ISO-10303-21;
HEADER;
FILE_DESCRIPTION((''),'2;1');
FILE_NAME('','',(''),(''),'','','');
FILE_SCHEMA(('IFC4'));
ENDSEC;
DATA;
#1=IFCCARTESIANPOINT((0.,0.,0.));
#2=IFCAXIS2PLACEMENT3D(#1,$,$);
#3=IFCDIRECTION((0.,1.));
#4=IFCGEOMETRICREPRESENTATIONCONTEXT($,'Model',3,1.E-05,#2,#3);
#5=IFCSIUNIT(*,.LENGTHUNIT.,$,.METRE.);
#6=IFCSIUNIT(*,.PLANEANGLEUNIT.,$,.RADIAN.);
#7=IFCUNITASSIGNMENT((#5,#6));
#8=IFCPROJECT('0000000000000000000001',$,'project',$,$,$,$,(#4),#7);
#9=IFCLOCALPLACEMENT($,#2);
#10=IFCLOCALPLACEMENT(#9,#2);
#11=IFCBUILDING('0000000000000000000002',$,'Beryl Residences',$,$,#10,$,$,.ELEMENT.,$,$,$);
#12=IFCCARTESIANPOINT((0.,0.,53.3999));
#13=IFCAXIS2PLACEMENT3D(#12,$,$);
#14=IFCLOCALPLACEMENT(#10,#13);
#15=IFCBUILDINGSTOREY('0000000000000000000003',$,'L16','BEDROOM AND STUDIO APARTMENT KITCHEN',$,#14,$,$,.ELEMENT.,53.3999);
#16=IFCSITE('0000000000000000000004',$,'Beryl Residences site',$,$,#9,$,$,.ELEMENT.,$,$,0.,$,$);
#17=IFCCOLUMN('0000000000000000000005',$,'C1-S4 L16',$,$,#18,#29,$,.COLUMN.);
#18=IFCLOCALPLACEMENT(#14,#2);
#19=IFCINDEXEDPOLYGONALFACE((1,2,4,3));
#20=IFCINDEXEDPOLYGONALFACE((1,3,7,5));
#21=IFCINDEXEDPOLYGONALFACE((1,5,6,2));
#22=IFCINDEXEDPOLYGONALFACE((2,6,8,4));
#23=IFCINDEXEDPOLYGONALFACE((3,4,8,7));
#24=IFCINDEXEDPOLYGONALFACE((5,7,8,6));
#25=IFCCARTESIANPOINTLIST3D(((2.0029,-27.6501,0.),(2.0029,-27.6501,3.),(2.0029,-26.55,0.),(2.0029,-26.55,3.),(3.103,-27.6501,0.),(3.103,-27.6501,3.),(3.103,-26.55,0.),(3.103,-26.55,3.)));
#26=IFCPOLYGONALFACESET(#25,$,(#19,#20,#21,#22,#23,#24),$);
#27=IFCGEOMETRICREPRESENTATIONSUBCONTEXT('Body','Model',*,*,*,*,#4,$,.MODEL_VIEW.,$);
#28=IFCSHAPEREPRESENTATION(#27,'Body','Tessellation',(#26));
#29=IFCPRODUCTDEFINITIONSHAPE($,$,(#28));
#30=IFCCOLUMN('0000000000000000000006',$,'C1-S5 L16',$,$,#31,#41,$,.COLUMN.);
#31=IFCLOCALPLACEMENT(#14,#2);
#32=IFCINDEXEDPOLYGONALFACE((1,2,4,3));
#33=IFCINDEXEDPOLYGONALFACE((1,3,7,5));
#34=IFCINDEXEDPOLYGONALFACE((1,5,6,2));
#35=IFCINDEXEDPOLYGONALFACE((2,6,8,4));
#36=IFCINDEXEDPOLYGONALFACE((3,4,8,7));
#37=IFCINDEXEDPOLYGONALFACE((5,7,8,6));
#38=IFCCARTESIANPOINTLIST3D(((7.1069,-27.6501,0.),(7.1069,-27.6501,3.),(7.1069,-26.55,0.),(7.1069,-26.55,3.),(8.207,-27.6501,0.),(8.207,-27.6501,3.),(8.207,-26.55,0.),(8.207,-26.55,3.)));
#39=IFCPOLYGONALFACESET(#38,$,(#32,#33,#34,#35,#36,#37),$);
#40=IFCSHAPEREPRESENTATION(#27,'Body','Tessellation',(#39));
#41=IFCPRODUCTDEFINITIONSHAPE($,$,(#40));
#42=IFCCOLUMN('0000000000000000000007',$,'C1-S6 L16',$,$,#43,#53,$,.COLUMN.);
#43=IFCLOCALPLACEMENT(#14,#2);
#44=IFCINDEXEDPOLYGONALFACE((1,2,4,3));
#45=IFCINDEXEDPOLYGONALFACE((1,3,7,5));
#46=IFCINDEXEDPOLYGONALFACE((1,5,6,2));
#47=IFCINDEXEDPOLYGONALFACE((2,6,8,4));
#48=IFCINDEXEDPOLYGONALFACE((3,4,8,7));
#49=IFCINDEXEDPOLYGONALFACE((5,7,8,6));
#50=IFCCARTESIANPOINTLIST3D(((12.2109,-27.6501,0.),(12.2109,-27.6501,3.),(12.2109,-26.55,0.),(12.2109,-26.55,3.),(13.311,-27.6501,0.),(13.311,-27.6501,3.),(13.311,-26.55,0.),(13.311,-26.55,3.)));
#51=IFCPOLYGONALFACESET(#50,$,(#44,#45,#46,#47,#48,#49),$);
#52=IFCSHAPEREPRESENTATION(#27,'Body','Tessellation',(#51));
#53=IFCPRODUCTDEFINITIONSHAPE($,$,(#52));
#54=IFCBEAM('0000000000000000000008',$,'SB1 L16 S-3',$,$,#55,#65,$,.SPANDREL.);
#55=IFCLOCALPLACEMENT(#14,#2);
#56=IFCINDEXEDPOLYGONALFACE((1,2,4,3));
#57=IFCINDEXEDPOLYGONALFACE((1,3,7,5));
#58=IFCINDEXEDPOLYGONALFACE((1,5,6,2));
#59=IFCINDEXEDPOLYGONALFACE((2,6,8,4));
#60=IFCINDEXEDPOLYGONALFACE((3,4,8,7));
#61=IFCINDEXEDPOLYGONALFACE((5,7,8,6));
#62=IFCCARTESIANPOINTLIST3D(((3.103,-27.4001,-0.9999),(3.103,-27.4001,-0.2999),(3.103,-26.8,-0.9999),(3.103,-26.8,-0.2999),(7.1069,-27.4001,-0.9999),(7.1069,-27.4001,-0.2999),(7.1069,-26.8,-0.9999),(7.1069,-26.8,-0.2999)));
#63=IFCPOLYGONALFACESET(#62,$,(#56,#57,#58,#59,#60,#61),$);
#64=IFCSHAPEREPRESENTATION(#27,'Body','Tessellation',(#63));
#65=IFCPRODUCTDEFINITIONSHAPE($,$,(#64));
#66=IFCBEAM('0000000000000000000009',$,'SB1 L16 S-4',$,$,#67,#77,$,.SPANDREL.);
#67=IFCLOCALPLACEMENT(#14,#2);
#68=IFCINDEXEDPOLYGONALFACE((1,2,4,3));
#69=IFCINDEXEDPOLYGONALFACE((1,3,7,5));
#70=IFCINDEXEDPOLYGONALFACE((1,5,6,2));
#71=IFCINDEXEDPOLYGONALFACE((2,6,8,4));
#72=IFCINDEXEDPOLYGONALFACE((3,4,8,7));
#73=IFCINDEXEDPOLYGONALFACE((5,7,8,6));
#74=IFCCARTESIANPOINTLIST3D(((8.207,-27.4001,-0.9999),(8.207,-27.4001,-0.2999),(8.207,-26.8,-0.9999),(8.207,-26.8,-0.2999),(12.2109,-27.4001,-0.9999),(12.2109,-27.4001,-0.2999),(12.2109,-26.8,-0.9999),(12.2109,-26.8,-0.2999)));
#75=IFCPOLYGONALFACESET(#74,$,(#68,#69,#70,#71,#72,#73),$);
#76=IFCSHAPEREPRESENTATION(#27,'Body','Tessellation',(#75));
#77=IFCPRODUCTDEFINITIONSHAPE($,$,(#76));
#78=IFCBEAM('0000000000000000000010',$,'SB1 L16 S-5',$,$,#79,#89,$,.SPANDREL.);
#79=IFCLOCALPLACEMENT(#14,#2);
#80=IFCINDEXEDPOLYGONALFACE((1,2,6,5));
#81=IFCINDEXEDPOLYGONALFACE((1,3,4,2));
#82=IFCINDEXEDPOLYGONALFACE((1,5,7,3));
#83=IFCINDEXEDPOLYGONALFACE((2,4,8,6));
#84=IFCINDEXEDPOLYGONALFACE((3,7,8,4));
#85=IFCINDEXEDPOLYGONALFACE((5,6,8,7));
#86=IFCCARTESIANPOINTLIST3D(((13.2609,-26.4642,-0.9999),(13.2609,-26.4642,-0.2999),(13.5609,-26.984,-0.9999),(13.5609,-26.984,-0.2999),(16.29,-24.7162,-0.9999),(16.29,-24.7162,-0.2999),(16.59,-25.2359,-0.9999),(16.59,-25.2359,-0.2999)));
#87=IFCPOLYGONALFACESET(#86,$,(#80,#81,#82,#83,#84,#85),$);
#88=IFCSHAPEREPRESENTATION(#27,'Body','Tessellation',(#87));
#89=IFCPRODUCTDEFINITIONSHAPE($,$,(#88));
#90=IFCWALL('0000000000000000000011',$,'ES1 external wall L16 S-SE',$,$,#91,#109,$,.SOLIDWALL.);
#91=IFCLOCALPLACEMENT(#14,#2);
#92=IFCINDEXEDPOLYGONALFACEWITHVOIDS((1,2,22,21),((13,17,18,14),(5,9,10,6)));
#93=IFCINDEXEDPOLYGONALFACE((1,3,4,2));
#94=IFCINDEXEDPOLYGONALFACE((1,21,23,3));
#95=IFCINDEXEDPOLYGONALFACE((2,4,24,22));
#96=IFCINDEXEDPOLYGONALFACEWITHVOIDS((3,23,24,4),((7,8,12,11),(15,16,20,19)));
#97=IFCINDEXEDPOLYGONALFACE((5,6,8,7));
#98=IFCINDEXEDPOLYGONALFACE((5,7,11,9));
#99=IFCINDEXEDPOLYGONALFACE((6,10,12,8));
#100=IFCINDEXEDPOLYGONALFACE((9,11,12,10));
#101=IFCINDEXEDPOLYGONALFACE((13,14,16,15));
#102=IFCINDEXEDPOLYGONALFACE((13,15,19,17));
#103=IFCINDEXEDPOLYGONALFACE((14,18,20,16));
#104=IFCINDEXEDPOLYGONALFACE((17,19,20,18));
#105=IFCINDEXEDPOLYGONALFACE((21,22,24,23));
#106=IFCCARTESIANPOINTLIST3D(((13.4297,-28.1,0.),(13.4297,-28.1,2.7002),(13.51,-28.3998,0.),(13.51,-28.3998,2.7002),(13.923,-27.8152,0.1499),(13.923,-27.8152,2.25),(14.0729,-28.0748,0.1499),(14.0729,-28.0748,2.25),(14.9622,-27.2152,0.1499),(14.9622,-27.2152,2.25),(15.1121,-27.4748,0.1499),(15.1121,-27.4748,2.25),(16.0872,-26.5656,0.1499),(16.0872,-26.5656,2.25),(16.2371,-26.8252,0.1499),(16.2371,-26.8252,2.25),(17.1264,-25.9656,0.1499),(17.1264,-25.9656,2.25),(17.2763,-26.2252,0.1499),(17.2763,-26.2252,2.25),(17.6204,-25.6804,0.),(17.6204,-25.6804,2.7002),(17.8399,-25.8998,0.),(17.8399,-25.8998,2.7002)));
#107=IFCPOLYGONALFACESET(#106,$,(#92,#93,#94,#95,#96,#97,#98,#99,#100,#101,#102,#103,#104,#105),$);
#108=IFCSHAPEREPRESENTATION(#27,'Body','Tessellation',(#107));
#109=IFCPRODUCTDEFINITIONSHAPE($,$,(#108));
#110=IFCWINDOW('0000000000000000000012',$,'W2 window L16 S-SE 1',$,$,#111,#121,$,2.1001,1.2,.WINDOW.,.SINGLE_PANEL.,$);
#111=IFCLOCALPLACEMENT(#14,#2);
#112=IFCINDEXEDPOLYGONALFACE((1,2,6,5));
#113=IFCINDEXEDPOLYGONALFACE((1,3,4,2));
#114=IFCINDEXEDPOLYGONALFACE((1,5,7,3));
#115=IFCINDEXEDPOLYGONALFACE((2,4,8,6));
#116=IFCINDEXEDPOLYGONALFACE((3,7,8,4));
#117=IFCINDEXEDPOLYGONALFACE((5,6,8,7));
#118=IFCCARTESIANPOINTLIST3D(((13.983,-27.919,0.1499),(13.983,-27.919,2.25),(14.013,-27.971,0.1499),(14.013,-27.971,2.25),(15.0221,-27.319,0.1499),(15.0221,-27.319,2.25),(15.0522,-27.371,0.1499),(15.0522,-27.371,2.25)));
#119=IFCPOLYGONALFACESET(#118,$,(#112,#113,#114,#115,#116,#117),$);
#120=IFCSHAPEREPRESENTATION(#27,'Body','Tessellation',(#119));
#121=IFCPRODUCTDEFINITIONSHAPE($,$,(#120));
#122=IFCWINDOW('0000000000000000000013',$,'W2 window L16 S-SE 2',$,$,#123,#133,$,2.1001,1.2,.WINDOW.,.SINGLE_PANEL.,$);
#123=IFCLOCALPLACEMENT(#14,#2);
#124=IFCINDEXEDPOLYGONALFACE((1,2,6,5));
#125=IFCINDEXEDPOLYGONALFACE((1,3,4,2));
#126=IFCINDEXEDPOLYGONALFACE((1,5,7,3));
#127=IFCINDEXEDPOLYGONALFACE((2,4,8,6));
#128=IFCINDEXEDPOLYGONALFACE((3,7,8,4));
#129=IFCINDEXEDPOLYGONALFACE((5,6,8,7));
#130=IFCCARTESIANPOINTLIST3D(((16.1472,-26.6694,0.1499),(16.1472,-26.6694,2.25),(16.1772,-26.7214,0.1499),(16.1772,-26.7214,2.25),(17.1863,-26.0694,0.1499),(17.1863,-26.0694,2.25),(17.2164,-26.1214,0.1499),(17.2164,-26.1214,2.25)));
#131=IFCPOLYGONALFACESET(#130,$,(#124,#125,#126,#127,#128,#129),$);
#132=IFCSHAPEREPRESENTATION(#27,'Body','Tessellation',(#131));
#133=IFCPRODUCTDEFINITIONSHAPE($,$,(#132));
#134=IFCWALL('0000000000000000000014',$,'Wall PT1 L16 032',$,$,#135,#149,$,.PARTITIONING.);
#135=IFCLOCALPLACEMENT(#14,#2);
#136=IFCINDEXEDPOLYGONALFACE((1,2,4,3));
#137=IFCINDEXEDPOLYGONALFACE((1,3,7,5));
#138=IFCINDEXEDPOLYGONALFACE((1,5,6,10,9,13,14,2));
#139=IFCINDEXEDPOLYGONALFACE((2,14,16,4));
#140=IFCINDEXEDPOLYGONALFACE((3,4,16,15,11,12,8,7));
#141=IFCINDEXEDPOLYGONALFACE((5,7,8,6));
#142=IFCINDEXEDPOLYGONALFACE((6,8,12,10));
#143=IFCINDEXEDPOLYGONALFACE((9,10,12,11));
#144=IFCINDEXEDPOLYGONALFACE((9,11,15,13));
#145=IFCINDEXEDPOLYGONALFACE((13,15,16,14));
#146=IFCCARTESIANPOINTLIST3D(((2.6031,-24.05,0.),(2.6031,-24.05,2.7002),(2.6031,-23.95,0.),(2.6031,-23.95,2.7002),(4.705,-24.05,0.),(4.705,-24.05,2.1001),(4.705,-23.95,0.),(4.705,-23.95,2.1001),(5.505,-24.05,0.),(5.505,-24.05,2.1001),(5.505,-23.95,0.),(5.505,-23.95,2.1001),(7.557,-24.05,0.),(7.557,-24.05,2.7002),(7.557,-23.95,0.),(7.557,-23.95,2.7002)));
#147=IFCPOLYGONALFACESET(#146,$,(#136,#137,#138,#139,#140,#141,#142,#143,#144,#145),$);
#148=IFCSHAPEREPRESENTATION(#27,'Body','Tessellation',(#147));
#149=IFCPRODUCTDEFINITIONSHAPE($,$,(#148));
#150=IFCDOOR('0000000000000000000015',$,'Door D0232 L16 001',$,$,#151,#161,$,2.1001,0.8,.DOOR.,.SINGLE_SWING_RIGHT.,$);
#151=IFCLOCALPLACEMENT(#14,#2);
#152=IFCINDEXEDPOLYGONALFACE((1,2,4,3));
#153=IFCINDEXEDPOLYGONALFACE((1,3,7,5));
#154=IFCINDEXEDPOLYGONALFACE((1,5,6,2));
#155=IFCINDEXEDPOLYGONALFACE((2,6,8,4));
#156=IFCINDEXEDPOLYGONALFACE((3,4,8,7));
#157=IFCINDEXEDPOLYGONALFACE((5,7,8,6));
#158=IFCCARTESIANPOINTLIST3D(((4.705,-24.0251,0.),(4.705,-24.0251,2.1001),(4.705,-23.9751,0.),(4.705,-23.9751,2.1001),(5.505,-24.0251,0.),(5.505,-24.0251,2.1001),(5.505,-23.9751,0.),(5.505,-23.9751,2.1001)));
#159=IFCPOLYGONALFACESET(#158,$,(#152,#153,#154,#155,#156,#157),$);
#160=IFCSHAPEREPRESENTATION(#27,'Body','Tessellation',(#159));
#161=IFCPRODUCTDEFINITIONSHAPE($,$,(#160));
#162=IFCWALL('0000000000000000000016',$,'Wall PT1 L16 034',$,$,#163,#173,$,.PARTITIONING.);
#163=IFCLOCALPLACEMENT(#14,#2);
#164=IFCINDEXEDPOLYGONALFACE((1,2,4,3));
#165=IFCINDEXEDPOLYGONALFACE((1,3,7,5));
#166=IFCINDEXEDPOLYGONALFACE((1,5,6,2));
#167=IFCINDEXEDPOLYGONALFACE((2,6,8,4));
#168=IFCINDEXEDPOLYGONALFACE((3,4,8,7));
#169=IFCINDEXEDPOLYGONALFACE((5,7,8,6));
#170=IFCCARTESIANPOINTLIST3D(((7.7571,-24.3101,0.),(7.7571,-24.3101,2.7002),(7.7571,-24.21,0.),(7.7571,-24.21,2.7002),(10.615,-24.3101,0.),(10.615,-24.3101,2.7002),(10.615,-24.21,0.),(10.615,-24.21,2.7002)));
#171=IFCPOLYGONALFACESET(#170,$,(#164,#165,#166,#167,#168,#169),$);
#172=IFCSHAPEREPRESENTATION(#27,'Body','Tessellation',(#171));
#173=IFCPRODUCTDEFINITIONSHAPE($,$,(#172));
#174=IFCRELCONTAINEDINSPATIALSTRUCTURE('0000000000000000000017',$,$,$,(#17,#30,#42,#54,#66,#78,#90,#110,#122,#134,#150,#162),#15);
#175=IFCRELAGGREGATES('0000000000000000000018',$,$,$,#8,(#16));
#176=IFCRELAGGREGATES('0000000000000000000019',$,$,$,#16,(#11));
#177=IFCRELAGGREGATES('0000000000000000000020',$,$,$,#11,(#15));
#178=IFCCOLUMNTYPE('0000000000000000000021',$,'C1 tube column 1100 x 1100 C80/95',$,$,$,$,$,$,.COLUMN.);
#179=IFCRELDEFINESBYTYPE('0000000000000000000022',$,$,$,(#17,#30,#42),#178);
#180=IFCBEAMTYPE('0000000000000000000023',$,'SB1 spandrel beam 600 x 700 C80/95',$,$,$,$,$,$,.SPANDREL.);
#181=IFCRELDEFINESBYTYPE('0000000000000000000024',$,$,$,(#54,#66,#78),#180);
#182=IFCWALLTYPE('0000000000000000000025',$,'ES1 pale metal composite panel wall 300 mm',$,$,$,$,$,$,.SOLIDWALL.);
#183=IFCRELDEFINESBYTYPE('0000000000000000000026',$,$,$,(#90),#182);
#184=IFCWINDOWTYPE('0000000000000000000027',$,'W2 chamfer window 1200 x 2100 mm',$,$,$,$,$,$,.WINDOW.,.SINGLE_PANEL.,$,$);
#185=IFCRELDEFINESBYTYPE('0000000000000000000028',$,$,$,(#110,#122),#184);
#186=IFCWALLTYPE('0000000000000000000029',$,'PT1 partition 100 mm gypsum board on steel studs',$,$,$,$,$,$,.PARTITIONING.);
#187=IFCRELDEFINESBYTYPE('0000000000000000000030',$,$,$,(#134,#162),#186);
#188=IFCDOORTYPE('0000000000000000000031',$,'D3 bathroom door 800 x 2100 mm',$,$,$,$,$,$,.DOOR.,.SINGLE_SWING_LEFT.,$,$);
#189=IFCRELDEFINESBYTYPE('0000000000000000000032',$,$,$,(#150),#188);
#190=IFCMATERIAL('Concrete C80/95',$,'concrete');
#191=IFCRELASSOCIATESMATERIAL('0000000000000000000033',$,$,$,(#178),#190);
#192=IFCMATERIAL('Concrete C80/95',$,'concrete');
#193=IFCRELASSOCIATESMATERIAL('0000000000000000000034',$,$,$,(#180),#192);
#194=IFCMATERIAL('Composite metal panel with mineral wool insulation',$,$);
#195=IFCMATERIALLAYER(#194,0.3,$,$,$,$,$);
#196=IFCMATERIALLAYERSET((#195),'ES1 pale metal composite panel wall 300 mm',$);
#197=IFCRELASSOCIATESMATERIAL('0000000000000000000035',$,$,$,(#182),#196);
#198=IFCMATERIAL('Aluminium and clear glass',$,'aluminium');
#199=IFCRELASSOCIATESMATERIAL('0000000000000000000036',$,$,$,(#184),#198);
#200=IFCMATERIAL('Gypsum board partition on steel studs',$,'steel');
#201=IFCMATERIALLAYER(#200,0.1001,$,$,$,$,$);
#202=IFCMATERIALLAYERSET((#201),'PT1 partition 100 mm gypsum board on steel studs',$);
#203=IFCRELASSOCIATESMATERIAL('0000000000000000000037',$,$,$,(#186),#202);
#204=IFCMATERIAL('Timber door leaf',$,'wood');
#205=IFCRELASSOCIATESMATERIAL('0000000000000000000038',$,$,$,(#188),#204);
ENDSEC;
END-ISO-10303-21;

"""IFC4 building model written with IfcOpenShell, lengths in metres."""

from ifc_helpers import new_model, si_unit, direction, frame, frame_2d, origin, origin_2d, place, context, subcontext, project, spatial, polyline, rectangle, outline, extrude, material, layer, layer_set, material_profile, profile_set, type_object, element, fill, save


model = new_model("IFC4")

# Units and contexts
model_context = context("Model", 3, precision=1e-05, world=origin(), true_north=direction((0.0, 1.0)))
body_context = subcontext(model_context, "Body", "Model", "MODEL_VIEW")
ifc_project = project(units=[si_unit("LENGTHUNIT", "METRE"), si_unit("PLANEANGLEUNIT", "RADIAN")], contexts=[model_context])

# Site, building, storey
site_placement = place(None, origin())
site = spatial("IfcSite", under=ifc_project, at=site_placement, Name="Beryl Residences site", CompositionType="ELEMENT", RefElevation=0.0)
building_placement = place(site_placement, origin())
building = spatial("IfcBuilding", under=site, at=building_placement, Name="Beryl Residences", CompositionType="ELEMENT")
storey_placement = place(building_placement, frame((0.0, 0.0, 53.3999)))
storey = spatial("IfcBuildingStorey", under=building, at=storey_placement, Name="L16", Description="BEDROOM AND STUDIO APARTMENT KITCHEN", CompositionType="ELEMENT", Elevation=53.3999)

# Columns
ifc_material_1 = material(Name="Concrete C80/95", Category="concrete")
ifc_material_profile_1 = material_profile(ifc_material_1, rectangle(XDim=1.1001, YDim=1.1001, at=origin_2d()))
ifc_profile_set_1 = profile_set([ifc_material_profile_1], Name="Concrete C80/95")
column_type = type_object("IfcColumnType", Name="C1 tube column 1100 x 1100 C80/95", PredefinedType="COLUMN", material=ifc_profile_set_1)
for number, where, z_axis, x_axis, name in (
    (1, (2.553, -27.1001, 0.0), (0.0, 0.0, 1.0), (1.0, 0.0, 0.0), "C1-S4 L16"),
    (2, (7.657, -27.1001, 0.0), (0.0, 0.0, 1.0), (1.0, 0.0, 0.0), "C1-S5 L16"),
    (3, (12.761, -27.1001, 0.0), (0.0, 0.0, 1.0), (1.0, 0.0, 0.0), "C1-S6 L16"),
):
    element("IfcColumn", number, at=place(storey_placement, frame(where, z_axis=z_axis, x_axis=x_axis)), inside=storey, type_object=column_type, Name=name, PredefinedType="COLUMN", context=body_context, shape_type="SweptSolid", body=[
        extrude(rectangle(XDim=1.1001, YDim=1.1001, at=origin_2d()), origin(), (0.0, 0.0, 1.0), 3.0),
    ])

# Beams
ifc_material_2 = material(Name="Concrete C80/95", Category="concrete")
ifc_material_profile_2 = material_profile(ifc_material_2, rectangle(XDim=0.6001, YDim=0.7, at=origin_2d()))
ifc_profile_set_2 = profile_set([ifc_material_profile_2], Name="Concrete C80/95")
beam_type = type_object("IfcBeamType", Name="SB1 spandrel beam 600 x 700 C80/95", PredefinedType="SPANDREL", material=ifc_profile_set_2)
for number, where, z_axis, x_axis, name in (
    (4, (3.103, -27.1001, -0.6499), (1.0, 0.0, 0.0), (0.0, 1.0, 0.0), "SB1 L16 S-3"),
    (5, (8.207, -27.1001, -0.6499), (1.0, 0.0, 0.0), (0.0, 1.0, 0.0), "SB1 L16 S-4"),
):
    element("IfcBeam", number, at=place(storey_placement, frame(where, z_axis=z_axis, x_axis=x_axis)), inside=storey, type_object=beam_type, Name=name, PredefinedType="SPANDREL", context=body_context, shape_type="SweptSolid", body=[
        extrude(rectangle(XDim=0.6001, YDim=0.7, at=origin_2d()), origin(), (0.0, 0.0, 1.0), 4.0039),
    ])
beam_placement = place(storey_placement, frame((13.4109, -26.7241, -0.6499), z_axis=(0.866122, 0.499833, 0.0), x_axis=(-0.499833, 0.866122, 0.0)))
element("IfcBeam", 6, at=beam_placement, inside=storey, type_object=beam_type, Name="SB1 L16 S-5", PredefinedType="SPANDREL", context=body_context, shape_type="SweptSolid", body=[
    extrude(rectangle(XDim=0.6001, YDim=0.7, at=origin_2d()), origin(), (0.0, 0.0, 1.0), 3.4973),
])

# Wall, openings, windows
ifc_material_3 = material(Name="Composite metal panel with mineral wool insulation")
ifc_layer_1 = layer(ifc_material_3, 0.3)
ifc_layer_set_1 = layer_set([ifc_layer_1], Name="ES1 pale metal composite panel wall 300 mm")
wall_type_1 = type_object("IfcWallType", Name="ES1 pale metal composite panel wall 300 mm", PredefinedType="SOLIDWALL", material=ifc_layer_set_1)
wall_1_placement = place(storey_placement, frame((13.4351, -28.27, 0.0), z_axis=(0.0, 0.0, 1.0), x_axis=(0.866011, 0.500025, 0.0)))
wall_1 = element("IfcWall", 7, at=wall_1_placement, inside=storey, type_object=wall_type_1, Name="ES1 external wall L16 S-SE", PredefinedType="SOLIDWALL", context=body_context, shape_type="SweptSolid", body=[
    extrude(outline(polyline([(0.0, -0.1499), (4.9998, -0.1499), (4.9194, 0.1499), (0.0803, 0.1499), (0.0, -0.1499)])), origin(), (0.0, 0.0, 1.0), 2.7002),
])
opening_1_placement = place(wall_1_placement, frame((0.6499, 0.0, 0.1499)))
opening_1 = element("IfcOpeningElement", 8, at=opening_1_placement, cuts=wall_1, PredefinedType="OPENING", context=body_context, shape_type="SweptSolid", body=[
    extrude(rectangle(XDim=1.2, YDim=2.1001, at=frame_2d((0.6001, 1.05))), frame((0.0, 0.1599, 0.0), z_axis=(0.0, -1.0, 0.0), x_axis=(1.0, 0.0, 0.0)), (0.0, 0.0, 1.0), 0.3201),
])
opening_2_placement = place(wall_1_placement, frame((3.1489, 0.0, 0.1499)))
opening_2 = element("IfcOpeningElement", 9, at=opening_2_placement, cuts=wall_1, PredefinedType="OPENING", context=body_context, shape_type="SweptSolid", body=[
    extrude(rectangle(XDim=1.2, YDim=2.1001, at=frame_2d((0.6001, 1.05))), frame((0.0, 0.1599, 0.0), z_axis=(0.0, -1.0, 0.0), x_axis=(1.0, 0.0, 0.0)), (0.0, 0.0, 1.0), 0.3201),
])
ifc_material_4 = material(Name="Aluminium and clear glass", Category="aluminium")
window_type = type_object("IfcWindowType", Name="W2 chamfer window 1200 x 2100 mm", PartitioningType="SINGLE_PANEL", PredefinedType="WINDOW", material=ifc_material_4)
window_1_placement = place(opening_1_placement, origin())
window_1 = element("IfcWindow", 10, at=window_1_placement, inside=storey, type_object=window_type, Name="W2 window L16 S-SE 1", OverallHeight=2.1001, OverallWidth=1.2, PartitioningType="SINGLE_PANEL", PredefinedType="WINDOW", context=body_context, shape_type="SweptSolid", body=[
    extrude(rectangle(XDim=1.2, YDim=2.1001, at=frame_2d((0.6001, 1.05))), frame((0.0, 0.03, 0.0), z_axis=(0.0, -1.0, 0.0), x_axis=(1.0, 0.0, 0.0)), (0.0, 0.0, 1.0), 0.0601),
])
fill(opening_1, window_1)
window_2_placement = place(opening_2_placement, origin())
window_2 = element("IfcWindow", 11, at=window_2_placement, inside=storey, type_object=window_type, Name="W2 window L16 S-SE 2", OverallHeight=2.1001, OverallWidth=1.2, PartitioningType="SINGLE_PANEL", PredefinedType="WINDOW", context=body_context, shape_type="SweptSolid", body=[
    extrude(rectangle(XDim=1.2, YDim=2.1001, at=frame_2d((0.6001, 1.05))), frame((0.0, 0.03, 0.0), z_axis=(0.0, -1.0, 0.0), x_axis=(1.0, 0.0, 0.0)), (0.0, 0.0, 1.0), 0.0601),
])
fill(opening_2, window_2)

# Wall, opening, door
ifc_material_5 = material(Name="Gypsum board partition on steel studs", Category="steel")
ifc_layer_2 = layer(ifc_material_5, 0.1001)
ifc_layer_set_2 = layer_set([ifc_layer_2], Name="PT1 partition 100 mm gypsum board on steel studs")
wall_type_2 = type_object("IfcWallType", Name="PT1 partition 100 mm gypsum board on steel studs", PredefinedType="PARTITIONING", material=ifc_layer_set_2)
wall_2_placement = place(storey_placement, frame((2.603, -24.0, 0.0), z_axis=(0.0, 0.0, 1.0), x_axis=(1.0, 0.0, 0.0)))
wall_2 = element("IfcWall", 12, at=wall_2_placement, inside=storey, type_object=wall_type_2, Name="Wall PT1 L16 032", PredefinedType="PARTITIONING", context=body_context, shape_type="SweptSolid", body=[
    extrude(rectangle(XDim=4.9539, YDim=0.1001, at=frame_2d((2.4771, 0.0))), origin(), (0.0, 0.0, 1.0), 2.7002),
])
opening_3_placement = place(wall_2_placement, frame((2.1021, 0.0, 0.0)))
opening_3 = element("IfcOpeningElement", 13, at=opening_3_placement, cuts=wall_2, PredefinedType="OPENING", context=body_context, shape_type="SweptSolid", body=[
    extrude(rectangle(XDim=0.8, YDim=2.1001, at=frame_2d((0.3999, 1.05))), frame((0.0, 0.0601, 0.0), z_axis=(0.0, -1.0, 0.0), x_axis=(1.0, 0.0, 0.0)), (0.0, 0.0, 1.0), 0.1201),
])
ifc_material_6 = material(Name="Timber door leaf", Category="wood")
door_type_1 = type_object("IfcDoorType", Name="D3 bathroom door 800 x 2100 mm", OperationType="SINGLE_SWING_LEFT", PredefinedType="DOOR", material=ifc_material_6)
door_1_placement = place(opening_3_placement, origin())
door_1 = element("IfcDoor", 14, at=door_1_placement, inside=storey, type_object=door_type_1, Name="Door D0232 L16 001", OperationType="SINGLE_SWING_RIGHT", OverallHeight=2.1001, OverallWidth=0.8, PredefinedType="DOOR", context=body_context, shape_type="SweptSolid", body=[
    extrude(rectangle(XDim=0.8, YDim=2.1001, at=frame_2d((0.3999, 1.05))), frame((0.0, 0.0249, 0.0), z_axis=(0.0, -1.0, 0.0), x_axis=(1.0, 0.0, 0.0)), (0.0, 0.0, 1.0), 0.05),
])
fill(opening_3, door_1)

# Wall
wall_3_placement = place(storey_placement, frame((7.7571, -24.26, 0.0), z_axis=(0.0, 0.0, 1.0), x_axis=(1.0, 0.0, 0.0)))
element("IfcWall", 15, at=wall_3_placement, inside=storey, type_object=wall_type_2, Name="Wall PT1 L16 034", PredefinedType="PARTITIONING", context=body_context, shape_type="SweptSolid", body=[
    extrude(rectangle(XDim=2.8579, YDim=0.1001, at=frame_2d((1.429, 0.0))), origin(), (0.0, 0.0, 1.0), 2.7002),
])

save(model, "model.ifc")
